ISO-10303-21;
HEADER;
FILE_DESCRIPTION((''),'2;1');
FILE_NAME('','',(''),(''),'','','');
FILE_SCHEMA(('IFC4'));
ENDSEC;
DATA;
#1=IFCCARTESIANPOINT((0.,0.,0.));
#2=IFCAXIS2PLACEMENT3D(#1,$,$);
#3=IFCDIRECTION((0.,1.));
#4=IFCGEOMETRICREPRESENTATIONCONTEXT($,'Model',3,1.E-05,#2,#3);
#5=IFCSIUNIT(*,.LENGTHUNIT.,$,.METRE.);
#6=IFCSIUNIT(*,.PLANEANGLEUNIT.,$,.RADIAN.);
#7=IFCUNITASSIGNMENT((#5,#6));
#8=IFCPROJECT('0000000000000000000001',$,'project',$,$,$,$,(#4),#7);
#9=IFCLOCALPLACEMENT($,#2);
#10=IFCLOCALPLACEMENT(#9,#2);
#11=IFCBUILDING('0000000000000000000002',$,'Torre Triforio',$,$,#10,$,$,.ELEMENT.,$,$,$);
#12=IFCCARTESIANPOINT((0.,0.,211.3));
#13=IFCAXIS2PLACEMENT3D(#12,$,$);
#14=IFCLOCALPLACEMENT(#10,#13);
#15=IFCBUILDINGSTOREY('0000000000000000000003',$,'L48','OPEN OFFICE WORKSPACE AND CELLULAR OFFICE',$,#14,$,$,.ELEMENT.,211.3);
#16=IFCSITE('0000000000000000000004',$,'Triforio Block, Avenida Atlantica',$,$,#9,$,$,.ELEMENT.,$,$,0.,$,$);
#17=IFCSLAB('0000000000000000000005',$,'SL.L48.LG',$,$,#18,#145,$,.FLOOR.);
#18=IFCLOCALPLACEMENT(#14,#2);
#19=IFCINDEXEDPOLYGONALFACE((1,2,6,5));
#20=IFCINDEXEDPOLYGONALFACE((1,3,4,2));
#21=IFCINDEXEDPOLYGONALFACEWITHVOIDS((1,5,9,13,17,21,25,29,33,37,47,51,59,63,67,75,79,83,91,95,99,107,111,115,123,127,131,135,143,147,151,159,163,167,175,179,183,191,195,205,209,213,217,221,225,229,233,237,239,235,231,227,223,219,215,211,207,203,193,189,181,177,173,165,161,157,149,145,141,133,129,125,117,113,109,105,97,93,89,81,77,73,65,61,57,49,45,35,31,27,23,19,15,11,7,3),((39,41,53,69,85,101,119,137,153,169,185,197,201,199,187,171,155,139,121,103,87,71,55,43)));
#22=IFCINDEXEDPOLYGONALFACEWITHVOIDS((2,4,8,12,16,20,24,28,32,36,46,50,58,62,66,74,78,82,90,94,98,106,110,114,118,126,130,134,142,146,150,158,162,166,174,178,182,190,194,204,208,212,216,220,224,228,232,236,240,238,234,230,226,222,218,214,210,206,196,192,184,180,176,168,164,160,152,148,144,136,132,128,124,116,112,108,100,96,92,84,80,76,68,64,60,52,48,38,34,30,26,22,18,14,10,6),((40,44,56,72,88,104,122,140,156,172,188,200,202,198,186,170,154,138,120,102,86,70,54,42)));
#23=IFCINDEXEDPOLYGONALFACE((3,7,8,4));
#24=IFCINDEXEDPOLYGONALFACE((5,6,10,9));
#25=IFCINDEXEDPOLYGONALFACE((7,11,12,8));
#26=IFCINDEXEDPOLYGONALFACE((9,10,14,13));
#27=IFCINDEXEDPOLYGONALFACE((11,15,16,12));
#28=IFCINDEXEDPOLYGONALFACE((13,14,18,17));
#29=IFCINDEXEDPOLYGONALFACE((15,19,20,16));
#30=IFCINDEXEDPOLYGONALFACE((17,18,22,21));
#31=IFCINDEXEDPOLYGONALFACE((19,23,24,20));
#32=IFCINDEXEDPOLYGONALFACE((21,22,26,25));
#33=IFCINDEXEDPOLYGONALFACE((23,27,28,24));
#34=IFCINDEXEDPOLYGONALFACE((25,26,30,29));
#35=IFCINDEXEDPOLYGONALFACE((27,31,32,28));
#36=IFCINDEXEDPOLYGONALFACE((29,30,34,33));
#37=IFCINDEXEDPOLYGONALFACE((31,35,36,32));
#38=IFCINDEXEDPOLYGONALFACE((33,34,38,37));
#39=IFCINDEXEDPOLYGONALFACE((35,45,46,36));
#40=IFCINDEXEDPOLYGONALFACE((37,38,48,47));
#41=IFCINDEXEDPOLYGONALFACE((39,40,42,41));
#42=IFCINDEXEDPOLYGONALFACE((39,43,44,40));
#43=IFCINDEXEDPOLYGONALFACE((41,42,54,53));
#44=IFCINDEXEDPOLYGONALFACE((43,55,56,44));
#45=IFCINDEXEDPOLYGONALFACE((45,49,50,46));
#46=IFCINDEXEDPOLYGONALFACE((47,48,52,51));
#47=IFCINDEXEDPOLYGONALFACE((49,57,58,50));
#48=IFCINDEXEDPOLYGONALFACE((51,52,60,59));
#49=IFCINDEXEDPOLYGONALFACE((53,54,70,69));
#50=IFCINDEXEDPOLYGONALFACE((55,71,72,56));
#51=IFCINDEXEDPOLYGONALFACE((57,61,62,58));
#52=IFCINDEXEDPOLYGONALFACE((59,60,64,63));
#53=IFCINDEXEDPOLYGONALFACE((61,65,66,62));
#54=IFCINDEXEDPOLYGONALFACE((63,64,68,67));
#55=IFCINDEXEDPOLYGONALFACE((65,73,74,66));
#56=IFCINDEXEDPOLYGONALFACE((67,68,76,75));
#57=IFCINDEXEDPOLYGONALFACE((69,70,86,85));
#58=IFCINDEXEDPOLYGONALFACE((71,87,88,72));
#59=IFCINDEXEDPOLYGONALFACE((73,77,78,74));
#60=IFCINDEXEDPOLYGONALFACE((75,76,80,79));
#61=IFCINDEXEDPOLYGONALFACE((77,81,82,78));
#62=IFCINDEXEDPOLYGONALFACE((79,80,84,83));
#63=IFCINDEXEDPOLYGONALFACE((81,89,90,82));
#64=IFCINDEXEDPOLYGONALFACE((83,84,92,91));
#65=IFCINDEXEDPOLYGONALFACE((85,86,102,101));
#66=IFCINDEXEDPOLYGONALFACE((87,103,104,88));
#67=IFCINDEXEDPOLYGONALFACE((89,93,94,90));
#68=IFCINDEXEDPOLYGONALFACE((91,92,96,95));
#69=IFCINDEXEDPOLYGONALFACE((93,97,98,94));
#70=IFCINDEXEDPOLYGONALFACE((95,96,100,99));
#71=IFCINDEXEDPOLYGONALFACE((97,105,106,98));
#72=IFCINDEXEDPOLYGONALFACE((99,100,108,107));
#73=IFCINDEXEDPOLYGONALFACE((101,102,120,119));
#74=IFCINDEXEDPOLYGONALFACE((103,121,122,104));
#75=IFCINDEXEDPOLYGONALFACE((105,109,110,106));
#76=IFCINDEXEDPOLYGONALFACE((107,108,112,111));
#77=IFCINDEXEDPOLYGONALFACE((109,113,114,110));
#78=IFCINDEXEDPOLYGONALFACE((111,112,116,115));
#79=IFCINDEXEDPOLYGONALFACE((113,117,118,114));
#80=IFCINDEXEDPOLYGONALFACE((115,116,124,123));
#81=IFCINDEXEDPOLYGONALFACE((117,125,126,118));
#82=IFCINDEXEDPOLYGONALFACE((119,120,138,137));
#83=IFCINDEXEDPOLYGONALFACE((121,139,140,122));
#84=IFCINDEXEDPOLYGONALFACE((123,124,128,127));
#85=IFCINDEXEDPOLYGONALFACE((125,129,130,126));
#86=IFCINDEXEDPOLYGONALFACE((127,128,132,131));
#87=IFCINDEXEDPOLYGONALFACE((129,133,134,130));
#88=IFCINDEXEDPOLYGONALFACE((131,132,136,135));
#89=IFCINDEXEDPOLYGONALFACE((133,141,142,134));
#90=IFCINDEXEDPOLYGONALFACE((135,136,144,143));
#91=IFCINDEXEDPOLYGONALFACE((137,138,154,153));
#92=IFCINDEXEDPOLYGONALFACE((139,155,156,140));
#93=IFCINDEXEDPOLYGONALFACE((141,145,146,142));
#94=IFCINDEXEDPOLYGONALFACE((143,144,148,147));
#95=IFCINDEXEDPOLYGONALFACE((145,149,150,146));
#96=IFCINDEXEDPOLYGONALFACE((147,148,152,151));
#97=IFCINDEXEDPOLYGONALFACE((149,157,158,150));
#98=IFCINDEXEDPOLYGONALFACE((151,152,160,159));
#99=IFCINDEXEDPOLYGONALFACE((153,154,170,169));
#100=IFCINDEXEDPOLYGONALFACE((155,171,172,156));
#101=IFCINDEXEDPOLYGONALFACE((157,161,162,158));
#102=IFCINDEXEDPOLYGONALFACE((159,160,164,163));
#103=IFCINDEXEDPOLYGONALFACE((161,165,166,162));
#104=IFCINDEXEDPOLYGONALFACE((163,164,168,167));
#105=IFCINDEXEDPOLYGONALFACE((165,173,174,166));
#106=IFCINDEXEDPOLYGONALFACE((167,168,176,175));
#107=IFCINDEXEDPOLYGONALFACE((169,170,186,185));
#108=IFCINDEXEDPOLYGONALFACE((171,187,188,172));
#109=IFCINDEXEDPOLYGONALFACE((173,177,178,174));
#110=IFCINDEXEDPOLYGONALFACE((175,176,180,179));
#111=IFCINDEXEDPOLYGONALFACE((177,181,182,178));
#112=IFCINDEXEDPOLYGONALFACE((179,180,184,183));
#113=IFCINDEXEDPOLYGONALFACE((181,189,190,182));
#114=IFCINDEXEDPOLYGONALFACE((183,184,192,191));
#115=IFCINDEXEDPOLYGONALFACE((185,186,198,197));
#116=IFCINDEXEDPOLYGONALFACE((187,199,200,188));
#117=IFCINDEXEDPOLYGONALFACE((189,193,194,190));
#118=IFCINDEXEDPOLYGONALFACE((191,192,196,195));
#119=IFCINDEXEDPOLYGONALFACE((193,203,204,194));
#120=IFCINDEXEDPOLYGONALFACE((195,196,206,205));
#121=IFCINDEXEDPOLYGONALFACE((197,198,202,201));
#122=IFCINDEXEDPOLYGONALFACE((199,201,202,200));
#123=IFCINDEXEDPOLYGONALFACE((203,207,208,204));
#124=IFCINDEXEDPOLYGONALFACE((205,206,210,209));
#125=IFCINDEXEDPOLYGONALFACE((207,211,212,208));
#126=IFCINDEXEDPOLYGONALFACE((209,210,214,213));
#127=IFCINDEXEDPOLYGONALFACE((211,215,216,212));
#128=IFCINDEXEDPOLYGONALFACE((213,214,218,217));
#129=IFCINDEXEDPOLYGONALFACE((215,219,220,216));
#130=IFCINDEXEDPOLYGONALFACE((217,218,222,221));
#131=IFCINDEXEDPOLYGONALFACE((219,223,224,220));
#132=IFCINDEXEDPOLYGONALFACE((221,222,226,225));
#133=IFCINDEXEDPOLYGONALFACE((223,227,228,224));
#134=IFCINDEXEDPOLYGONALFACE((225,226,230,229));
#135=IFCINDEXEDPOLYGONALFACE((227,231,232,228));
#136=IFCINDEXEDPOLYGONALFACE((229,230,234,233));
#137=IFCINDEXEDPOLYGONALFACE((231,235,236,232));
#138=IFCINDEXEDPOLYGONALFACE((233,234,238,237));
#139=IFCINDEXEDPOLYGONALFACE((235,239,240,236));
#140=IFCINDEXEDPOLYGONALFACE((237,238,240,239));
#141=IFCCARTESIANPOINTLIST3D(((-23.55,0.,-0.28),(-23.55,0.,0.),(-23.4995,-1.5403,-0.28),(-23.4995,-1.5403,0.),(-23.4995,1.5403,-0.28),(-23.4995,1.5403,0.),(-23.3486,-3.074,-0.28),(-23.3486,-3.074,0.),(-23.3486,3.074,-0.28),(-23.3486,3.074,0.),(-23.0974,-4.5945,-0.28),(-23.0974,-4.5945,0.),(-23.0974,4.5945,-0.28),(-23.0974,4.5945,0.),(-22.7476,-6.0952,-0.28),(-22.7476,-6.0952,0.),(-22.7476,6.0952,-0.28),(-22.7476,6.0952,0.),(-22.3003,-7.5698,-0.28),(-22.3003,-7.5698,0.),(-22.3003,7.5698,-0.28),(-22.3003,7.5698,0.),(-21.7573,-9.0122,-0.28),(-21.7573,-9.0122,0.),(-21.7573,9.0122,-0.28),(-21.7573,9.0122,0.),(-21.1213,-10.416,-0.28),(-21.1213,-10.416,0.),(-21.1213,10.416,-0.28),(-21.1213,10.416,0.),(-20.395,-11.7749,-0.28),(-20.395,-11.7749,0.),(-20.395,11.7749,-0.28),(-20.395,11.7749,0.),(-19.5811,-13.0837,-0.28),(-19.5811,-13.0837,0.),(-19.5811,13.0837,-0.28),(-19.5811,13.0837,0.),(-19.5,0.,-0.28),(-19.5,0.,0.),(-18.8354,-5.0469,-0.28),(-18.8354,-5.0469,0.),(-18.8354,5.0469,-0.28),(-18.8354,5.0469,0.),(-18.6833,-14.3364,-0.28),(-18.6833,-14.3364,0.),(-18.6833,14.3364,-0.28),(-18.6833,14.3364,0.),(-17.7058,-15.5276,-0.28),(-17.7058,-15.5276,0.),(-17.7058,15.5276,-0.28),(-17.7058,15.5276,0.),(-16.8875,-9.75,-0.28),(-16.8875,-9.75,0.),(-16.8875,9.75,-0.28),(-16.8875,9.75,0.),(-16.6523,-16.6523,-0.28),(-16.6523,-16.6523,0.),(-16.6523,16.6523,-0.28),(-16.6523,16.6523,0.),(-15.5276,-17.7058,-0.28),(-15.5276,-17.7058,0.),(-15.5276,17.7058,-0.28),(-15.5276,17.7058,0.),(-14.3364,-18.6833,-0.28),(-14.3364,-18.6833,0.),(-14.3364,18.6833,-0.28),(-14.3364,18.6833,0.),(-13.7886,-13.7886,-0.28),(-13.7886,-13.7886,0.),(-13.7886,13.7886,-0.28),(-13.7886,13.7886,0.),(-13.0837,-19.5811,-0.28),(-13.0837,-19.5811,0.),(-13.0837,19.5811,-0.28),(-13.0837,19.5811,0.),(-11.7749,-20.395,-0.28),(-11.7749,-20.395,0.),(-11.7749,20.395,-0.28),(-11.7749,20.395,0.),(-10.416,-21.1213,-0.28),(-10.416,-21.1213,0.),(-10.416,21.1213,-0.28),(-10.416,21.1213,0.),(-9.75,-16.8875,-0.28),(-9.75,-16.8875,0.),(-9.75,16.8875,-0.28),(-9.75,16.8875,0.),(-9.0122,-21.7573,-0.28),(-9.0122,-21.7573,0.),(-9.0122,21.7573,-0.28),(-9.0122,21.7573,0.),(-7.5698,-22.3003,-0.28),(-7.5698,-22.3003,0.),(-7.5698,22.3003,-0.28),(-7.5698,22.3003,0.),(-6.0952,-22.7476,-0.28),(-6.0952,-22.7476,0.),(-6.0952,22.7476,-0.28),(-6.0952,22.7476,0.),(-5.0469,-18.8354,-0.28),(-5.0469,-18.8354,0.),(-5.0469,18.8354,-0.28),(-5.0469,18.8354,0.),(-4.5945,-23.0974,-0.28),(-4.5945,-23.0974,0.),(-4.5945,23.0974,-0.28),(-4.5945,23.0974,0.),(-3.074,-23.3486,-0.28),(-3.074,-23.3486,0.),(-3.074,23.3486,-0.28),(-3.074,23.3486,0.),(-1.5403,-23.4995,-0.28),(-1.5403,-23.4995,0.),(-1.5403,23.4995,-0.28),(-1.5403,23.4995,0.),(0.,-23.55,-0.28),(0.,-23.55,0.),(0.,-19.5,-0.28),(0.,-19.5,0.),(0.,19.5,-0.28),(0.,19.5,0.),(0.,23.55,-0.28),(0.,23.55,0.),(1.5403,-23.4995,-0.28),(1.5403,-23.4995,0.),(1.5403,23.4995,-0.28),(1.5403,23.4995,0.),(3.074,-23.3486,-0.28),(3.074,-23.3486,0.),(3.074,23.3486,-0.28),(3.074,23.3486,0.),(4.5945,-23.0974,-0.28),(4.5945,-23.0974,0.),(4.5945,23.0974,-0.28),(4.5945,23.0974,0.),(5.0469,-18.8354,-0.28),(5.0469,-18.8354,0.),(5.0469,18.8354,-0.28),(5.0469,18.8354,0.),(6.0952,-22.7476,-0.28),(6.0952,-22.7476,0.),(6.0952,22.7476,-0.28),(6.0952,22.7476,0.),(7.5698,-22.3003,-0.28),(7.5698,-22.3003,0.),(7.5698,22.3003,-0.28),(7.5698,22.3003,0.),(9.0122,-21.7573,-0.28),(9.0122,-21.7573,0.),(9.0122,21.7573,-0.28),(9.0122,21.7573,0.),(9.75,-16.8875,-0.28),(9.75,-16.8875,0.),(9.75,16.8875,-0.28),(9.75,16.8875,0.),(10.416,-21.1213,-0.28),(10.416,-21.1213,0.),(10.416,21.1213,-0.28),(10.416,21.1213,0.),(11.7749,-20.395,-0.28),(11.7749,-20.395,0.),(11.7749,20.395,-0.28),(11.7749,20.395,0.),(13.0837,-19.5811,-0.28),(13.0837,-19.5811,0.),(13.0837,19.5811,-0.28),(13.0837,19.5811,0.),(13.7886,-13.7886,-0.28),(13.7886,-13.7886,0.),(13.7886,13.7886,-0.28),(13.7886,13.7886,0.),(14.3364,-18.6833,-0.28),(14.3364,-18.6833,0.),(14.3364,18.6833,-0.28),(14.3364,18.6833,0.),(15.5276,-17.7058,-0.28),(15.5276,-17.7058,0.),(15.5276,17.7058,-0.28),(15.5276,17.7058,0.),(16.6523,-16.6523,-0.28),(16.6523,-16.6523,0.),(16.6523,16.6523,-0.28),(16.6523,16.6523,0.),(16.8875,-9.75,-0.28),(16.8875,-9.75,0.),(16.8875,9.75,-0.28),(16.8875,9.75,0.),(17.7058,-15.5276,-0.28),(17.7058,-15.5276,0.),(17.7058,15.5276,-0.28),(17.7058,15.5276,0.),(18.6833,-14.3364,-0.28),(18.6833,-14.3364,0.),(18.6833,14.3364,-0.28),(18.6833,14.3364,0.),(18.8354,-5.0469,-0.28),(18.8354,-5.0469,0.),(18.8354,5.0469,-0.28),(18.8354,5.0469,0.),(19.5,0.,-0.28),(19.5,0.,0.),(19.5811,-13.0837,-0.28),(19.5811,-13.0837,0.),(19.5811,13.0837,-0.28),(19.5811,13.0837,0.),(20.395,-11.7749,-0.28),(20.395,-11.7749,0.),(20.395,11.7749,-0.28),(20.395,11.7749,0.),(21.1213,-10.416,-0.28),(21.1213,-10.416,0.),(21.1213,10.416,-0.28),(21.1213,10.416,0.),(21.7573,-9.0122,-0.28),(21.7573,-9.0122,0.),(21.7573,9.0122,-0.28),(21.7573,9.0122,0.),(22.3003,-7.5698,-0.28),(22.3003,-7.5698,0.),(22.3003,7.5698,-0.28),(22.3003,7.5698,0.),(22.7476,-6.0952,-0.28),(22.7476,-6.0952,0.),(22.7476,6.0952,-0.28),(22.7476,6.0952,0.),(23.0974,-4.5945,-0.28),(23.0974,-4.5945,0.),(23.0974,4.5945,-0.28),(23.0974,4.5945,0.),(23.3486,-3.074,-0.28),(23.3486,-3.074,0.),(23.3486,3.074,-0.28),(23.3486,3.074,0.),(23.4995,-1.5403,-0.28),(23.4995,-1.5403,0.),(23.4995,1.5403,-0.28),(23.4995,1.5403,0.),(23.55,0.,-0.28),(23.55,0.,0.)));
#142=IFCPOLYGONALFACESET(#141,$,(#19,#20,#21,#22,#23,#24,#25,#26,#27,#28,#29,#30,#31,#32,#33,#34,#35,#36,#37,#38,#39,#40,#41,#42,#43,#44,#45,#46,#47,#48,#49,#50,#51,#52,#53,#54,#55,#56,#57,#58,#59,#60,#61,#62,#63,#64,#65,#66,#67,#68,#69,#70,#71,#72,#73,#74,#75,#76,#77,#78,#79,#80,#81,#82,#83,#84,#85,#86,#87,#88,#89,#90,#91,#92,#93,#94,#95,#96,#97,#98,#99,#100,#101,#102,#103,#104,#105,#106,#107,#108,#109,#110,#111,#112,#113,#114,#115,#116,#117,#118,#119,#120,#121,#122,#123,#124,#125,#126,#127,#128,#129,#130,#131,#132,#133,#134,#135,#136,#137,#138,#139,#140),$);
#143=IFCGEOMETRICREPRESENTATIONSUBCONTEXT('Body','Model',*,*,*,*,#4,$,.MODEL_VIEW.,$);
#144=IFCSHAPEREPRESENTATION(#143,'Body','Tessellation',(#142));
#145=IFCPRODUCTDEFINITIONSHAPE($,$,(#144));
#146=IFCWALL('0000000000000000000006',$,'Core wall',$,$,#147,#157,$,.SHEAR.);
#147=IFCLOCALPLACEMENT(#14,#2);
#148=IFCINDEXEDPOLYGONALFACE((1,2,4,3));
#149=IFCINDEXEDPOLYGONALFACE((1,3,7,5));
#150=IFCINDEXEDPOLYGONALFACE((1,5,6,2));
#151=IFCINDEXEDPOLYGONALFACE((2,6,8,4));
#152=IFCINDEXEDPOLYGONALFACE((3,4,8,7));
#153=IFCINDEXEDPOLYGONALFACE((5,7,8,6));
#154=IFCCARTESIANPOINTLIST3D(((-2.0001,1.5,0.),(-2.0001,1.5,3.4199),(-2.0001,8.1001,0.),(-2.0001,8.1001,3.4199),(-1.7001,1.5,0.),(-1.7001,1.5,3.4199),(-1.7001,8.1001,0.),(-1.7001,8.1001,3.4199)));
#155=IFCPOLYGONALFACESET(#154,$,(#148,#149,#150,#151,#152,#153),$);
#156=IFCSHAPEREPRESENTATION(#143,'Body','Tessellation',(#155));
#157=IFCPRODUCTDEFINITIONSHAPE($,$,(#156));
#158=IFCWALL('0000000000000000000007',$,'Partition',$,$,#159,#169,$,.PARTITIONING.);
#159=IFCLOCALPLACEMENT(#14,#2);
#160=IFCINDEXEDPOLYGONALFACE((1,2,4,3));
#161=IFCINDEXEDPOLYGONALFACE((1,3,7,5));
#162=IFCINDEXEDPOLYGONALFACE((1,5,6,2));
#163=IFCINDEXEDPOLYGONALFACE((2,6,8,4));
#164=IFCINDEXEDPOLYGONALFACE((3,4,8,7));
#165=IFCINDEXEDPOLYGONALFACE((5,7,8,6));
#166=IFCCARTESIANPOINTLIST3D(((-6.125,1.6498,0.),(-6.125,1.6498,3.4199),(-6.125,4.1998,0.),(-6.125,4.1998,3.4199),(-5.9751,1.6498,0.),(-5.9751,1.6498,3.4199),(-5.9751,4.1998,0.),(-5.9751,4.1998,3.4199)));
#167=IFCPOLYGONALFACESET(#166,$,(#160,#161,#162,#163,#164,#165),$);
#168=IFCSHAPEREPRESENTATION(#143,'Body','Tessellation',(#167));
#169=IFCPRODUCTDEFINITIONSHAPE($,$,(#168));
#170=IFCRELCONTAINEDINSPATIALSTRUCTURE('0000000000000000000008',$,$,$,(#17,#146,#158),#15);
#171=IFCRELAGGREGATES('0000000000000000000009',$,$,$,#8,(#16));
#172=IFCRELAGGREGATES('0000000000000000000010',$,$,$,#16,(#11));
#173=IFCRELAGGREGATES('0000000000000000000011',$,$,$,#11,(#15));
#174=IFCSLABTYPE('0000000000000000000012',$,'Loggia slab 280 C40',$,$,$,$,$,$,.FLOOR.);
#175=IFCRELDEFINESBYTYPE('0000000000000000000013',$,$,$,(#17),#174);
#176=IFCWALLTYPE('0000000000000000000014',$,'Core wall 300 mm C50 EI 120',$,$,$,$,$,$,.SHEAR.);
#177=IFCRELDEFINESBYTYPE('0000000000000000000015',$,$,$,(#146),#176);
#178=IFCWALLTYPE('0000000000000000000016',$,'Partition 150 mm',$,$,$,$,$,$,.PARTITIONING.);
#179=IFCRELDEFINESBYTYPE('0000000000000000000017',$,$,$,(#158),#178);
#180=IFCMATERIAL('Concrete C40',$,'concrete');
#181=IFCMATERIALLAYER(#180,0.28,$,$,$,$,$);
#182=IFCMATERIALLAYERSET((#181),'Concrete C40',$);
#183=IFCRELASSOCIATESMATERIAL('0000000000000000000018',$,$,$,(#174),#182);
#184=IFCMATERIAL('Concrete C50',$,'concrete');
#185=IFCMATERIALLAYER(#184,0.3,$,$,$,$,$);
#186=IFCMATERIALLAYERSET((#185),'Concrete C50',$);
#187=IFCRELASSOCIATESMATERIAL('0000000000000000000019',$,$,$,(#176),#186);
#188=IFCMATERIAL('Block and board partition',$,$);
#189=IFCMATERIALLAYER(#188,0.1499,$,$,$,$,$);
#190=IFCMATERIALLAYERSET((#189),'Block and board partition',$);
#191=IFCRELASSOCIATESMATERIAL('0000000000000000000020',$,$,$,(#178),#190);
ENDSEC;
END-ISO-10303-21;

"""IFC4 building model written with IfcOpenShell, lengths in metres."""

from ifc_helpers import new_model, si_unit, direction, frame, frame_2d, origin, place, context, subcontext, project, spatial, polyline, rectangle, outline, extrude, material, layer, layer_set, type_object, element, save


model = new_model("IFC4")

# Units and contexts
model_context = context("Model", 3, precision=1e-05, world=origin(), true_north=direction((0.0, 1.0)))
body_context = subcontext(model_context, "Body", "Model", "MODEL_VIEW")
ifc_project = project(units=[si_unit("LENGTHUNIT", "METRE"), si_unit("PLANEANGLEUNIT", "RADIAN")], contexts=[model_context])

# Site, building, storey
site_placement = place(None, origin())
site = spatial("IfcSite", under=ifc_project, at=site_placement, Name="Triforio Block, Avenida Atlantica", CompositionType="ELEMENT", RefElevation=0.0)
building_placement = place(site_placement, origin())
building = spatial("IfcBuilding", under=site, at=building_placement, Name="Torre Triforio", CompositionType="ELEMENT")
storey_placement = place(building_placement, frame((0.0, 0.0, 211.3)))
storey = spatial("IfcBuildingStorey", under=building, at=storey_placement, Name="L48", Description="OPEN OFFICE WORKSPACE AND CELLULAR OFFICE", CompositionType="ELEMENT", Elevation=211.3)

# Shared definitions
ifc_material_1 = material(Name="Concrete C40", Category="concrete")

# Slab
ifc_layer_1 = layer(ifc_material_1, 0.28)
ifc_layer_set_1 = layer_set([ifc_layer_1], Name="Concrete C40")
slab_type_1 = type_object("IfcSlabType", Name="Loggia slab 280 C40", PredefinedType="FLOOR", material=ifc_layer_set_1)
slab_1_placement = place(storey_placement, frame((0.0, 0.0, -0.28)))
element("IfcSlab", 1, at=slab_1_placement, inside=storey, type_object=slab_type_1, Name="SL.L48.LG", PredefinedType="FLOOR", context=body_context, shape_type="SweptSolid", body=[
    extrude(outline(polyline([(23.4995, -1.5403), (23.55, 0.0), (23.4995, 1.5403), (23.3486, 3.074), (23.0974, 4.5945), (22.7476, 6.0952), (22.3003, 7.5698), (21.7573, 9.0122), (21.1213, 10.416), (20.395, 11.7749), (19.5811, 13.0837), (18.6833, 14.3364), (17.7058, 15.5276), (16.6523, 16.6523), (15.5276, 17.7058), (14.3364, 18.6833), (13.0837, 19.5811), (11.7749, 20.395), (10.416, 21.1213), (9.0122, 21.7573), (7.5698, 22.3003), (6.0952, 22.7476), (4.5945, 23.0974), (3.074, 23.3486), (1.5403, 23.4995), (0.0, 23.55), (-1.5403, 23.4995), (-3.074, 23.3486), (-4.5945, 23.0974), (-6.0952, 22.7476), (-7.5698, 22.3003), (-9.0122, 21.7573), (-10.416, 21.1213), (-11.7749, 20.395), (-13.0837, 19.5811), (-14.3364, 18.6833), (-15.5276, 17.7058), (-16.6523, 16.6523), (-17.7058, 15.5276), (-18.6833, 14.3364), (-19.5811, 13.0837), (-20.395, 11.7749), (-21.1213, 10.416), (-21.7573, 9.0122), (-22.3003, 7.5698), (-22.7476, 6.0952), (-23.0974, 4.5945), (-23.3486, 3.074), (-23.4995, 1.5403), (-23.55, 0.0), (-23.4995, -1.5403), (-23.3486, -3.074), (-23.0974, -4.5945), (-22.7476, -6.0952), (-22.3003, -7.5698), (-21.7573, -9.0122), (-21.1213, -10.416), (-20.395, -11.7749), (-19.5811, -13.0837), (-18.6833, -14.3364), (-17.7058, -15.5276), (-16.6523, -16.6523), (-15.5276, -17.7058), (-14.3364, -18.6833), (-13.0837, -19.5811), (-11.7749, -20.395), (-10.416, -21.1213), (-9.0122, -21.7573), (-7.5698, -22.3003), (-6.0952, -22.7476), (-4.5945, -23.0974), (-3.074, -23.3486), (-1.5403, -23.4995), (0.0, -23.55), (1.5403, -23.4995), (3.074, -23.3486), (4.5945, -23.0974), (6.0952, -22.7476), (7.5698, -22.3003), (9.0122, -21.7573), (10.416, -21.1213), (11.7749, -20.395), (13.0837, -19.5811), (14.3364, -18.6833), (15.5276, -17.7058), (16.6523, -16.6523), (17.7058, -15.5276), (18.6833, -14.3364), (19.5811, -13.0837), (20.395, -11.7749), (21.1213, -10.416), (21.7573, -9.0122), (22.3003, -7.5698), (22.7476, -6.0952), (23.0974, -4.5945), (23.3486, -3.074), (23.4995, -1.5403)]), holes=[polyline([(18.8354, 5.0469), (19.5, 0.0), (18.8354, -5.0469), (16.8875, -9.75), (13.7886, -13.7886), (9.75, -16.8875), (5.0469, -18.8354), (0.0, -19.5), (-5.0469, -18.8354), (-9.75, -16.8875), (-13.7886, -13.7886), (-16.8875, -9.75), (-18.8354, -5.0469), (-19.5, 0.0), (-18.8354, 5.0469), (-16.8875, 9.75), (-13.7886, 13.7886), (-9.75, 16.8875), (-5.0469, 18.8354), (0.0, 19.5), (5.0469, 18.8354), (9.75, 16.8875), (13.7886, 13.7886), (16.8875, 9.75), (18.8354, 5.0469)])]), origin(), (0.0, 0.0, 1.0), 0.28),
])

# Walls
ifc_material_2 = material(Name="Concrete C50", Category="concrete")
ifc_layer_2 = layer(ifc_material_2, 0.3)
ifc_layer_set_2 = layer_set([ifc_layer_2], Name="Concrete C50")
wall_type_1 = type_object("IfcWallType", Name="Core wall 300 mm C50 EI 120", PredefinedType="SHEAR", material=ifc_layer_set_2)
wall_1_placement = place(storey_placement, frame((-1.8501, 1.5, 0.0), z_axis=(0.0, 0.0, 1.0), x_axis=(0.0, 1.0, 0.0)))
element("IfcWall", 2, at=wall_1_placement, inside=storey, type_object=wall_type_1, Name="Core wall", PredefinedType="SHEAR", context=body_context, shape_type="SweptSolid", body=[
    extrude(rectangle(XDim=6.6001, YDim=0.3, at=frame_2d((3.3, 0.0))), origin(), (0.0, 0.0, 1.0), 3.4199),
])
ifc_material_3 = material(Name="Block and board partition")
ifc_layer_3 = layer(ifc_material_3, 0.1499)
ifc_layer_set_3 = layer_set([ifc_layer_3], Name="Block and board partition")
wall_type_2 = type_object("IfcWallType", Name="Partition 150 mm", PredefinedType="PARTITIONING", material=ifc_layer_set_3)
wall_2_placement = place(storey_placement, frame((-6.05, 1.6499, 0.0), z_axis=(0.0, 0.0, 1.0), x_axis=(0.0, 1.0, 0.0)))
element("IfcWall", 3, at=wall_2_placement, inside=storey, type_object=wall_type_2, Name="Partition", PredefinedType="PARTITIONING", context=body_context, shape_type="SweptSolid", body=[
    extrude(rectangle(XDim=2.55, YDim=0.1499, at=frame_2d((1.2749, 0.0))), origin(), (0.0, 0.0, 1.0), 3.4199),
])

save(model, "model.ifc")
